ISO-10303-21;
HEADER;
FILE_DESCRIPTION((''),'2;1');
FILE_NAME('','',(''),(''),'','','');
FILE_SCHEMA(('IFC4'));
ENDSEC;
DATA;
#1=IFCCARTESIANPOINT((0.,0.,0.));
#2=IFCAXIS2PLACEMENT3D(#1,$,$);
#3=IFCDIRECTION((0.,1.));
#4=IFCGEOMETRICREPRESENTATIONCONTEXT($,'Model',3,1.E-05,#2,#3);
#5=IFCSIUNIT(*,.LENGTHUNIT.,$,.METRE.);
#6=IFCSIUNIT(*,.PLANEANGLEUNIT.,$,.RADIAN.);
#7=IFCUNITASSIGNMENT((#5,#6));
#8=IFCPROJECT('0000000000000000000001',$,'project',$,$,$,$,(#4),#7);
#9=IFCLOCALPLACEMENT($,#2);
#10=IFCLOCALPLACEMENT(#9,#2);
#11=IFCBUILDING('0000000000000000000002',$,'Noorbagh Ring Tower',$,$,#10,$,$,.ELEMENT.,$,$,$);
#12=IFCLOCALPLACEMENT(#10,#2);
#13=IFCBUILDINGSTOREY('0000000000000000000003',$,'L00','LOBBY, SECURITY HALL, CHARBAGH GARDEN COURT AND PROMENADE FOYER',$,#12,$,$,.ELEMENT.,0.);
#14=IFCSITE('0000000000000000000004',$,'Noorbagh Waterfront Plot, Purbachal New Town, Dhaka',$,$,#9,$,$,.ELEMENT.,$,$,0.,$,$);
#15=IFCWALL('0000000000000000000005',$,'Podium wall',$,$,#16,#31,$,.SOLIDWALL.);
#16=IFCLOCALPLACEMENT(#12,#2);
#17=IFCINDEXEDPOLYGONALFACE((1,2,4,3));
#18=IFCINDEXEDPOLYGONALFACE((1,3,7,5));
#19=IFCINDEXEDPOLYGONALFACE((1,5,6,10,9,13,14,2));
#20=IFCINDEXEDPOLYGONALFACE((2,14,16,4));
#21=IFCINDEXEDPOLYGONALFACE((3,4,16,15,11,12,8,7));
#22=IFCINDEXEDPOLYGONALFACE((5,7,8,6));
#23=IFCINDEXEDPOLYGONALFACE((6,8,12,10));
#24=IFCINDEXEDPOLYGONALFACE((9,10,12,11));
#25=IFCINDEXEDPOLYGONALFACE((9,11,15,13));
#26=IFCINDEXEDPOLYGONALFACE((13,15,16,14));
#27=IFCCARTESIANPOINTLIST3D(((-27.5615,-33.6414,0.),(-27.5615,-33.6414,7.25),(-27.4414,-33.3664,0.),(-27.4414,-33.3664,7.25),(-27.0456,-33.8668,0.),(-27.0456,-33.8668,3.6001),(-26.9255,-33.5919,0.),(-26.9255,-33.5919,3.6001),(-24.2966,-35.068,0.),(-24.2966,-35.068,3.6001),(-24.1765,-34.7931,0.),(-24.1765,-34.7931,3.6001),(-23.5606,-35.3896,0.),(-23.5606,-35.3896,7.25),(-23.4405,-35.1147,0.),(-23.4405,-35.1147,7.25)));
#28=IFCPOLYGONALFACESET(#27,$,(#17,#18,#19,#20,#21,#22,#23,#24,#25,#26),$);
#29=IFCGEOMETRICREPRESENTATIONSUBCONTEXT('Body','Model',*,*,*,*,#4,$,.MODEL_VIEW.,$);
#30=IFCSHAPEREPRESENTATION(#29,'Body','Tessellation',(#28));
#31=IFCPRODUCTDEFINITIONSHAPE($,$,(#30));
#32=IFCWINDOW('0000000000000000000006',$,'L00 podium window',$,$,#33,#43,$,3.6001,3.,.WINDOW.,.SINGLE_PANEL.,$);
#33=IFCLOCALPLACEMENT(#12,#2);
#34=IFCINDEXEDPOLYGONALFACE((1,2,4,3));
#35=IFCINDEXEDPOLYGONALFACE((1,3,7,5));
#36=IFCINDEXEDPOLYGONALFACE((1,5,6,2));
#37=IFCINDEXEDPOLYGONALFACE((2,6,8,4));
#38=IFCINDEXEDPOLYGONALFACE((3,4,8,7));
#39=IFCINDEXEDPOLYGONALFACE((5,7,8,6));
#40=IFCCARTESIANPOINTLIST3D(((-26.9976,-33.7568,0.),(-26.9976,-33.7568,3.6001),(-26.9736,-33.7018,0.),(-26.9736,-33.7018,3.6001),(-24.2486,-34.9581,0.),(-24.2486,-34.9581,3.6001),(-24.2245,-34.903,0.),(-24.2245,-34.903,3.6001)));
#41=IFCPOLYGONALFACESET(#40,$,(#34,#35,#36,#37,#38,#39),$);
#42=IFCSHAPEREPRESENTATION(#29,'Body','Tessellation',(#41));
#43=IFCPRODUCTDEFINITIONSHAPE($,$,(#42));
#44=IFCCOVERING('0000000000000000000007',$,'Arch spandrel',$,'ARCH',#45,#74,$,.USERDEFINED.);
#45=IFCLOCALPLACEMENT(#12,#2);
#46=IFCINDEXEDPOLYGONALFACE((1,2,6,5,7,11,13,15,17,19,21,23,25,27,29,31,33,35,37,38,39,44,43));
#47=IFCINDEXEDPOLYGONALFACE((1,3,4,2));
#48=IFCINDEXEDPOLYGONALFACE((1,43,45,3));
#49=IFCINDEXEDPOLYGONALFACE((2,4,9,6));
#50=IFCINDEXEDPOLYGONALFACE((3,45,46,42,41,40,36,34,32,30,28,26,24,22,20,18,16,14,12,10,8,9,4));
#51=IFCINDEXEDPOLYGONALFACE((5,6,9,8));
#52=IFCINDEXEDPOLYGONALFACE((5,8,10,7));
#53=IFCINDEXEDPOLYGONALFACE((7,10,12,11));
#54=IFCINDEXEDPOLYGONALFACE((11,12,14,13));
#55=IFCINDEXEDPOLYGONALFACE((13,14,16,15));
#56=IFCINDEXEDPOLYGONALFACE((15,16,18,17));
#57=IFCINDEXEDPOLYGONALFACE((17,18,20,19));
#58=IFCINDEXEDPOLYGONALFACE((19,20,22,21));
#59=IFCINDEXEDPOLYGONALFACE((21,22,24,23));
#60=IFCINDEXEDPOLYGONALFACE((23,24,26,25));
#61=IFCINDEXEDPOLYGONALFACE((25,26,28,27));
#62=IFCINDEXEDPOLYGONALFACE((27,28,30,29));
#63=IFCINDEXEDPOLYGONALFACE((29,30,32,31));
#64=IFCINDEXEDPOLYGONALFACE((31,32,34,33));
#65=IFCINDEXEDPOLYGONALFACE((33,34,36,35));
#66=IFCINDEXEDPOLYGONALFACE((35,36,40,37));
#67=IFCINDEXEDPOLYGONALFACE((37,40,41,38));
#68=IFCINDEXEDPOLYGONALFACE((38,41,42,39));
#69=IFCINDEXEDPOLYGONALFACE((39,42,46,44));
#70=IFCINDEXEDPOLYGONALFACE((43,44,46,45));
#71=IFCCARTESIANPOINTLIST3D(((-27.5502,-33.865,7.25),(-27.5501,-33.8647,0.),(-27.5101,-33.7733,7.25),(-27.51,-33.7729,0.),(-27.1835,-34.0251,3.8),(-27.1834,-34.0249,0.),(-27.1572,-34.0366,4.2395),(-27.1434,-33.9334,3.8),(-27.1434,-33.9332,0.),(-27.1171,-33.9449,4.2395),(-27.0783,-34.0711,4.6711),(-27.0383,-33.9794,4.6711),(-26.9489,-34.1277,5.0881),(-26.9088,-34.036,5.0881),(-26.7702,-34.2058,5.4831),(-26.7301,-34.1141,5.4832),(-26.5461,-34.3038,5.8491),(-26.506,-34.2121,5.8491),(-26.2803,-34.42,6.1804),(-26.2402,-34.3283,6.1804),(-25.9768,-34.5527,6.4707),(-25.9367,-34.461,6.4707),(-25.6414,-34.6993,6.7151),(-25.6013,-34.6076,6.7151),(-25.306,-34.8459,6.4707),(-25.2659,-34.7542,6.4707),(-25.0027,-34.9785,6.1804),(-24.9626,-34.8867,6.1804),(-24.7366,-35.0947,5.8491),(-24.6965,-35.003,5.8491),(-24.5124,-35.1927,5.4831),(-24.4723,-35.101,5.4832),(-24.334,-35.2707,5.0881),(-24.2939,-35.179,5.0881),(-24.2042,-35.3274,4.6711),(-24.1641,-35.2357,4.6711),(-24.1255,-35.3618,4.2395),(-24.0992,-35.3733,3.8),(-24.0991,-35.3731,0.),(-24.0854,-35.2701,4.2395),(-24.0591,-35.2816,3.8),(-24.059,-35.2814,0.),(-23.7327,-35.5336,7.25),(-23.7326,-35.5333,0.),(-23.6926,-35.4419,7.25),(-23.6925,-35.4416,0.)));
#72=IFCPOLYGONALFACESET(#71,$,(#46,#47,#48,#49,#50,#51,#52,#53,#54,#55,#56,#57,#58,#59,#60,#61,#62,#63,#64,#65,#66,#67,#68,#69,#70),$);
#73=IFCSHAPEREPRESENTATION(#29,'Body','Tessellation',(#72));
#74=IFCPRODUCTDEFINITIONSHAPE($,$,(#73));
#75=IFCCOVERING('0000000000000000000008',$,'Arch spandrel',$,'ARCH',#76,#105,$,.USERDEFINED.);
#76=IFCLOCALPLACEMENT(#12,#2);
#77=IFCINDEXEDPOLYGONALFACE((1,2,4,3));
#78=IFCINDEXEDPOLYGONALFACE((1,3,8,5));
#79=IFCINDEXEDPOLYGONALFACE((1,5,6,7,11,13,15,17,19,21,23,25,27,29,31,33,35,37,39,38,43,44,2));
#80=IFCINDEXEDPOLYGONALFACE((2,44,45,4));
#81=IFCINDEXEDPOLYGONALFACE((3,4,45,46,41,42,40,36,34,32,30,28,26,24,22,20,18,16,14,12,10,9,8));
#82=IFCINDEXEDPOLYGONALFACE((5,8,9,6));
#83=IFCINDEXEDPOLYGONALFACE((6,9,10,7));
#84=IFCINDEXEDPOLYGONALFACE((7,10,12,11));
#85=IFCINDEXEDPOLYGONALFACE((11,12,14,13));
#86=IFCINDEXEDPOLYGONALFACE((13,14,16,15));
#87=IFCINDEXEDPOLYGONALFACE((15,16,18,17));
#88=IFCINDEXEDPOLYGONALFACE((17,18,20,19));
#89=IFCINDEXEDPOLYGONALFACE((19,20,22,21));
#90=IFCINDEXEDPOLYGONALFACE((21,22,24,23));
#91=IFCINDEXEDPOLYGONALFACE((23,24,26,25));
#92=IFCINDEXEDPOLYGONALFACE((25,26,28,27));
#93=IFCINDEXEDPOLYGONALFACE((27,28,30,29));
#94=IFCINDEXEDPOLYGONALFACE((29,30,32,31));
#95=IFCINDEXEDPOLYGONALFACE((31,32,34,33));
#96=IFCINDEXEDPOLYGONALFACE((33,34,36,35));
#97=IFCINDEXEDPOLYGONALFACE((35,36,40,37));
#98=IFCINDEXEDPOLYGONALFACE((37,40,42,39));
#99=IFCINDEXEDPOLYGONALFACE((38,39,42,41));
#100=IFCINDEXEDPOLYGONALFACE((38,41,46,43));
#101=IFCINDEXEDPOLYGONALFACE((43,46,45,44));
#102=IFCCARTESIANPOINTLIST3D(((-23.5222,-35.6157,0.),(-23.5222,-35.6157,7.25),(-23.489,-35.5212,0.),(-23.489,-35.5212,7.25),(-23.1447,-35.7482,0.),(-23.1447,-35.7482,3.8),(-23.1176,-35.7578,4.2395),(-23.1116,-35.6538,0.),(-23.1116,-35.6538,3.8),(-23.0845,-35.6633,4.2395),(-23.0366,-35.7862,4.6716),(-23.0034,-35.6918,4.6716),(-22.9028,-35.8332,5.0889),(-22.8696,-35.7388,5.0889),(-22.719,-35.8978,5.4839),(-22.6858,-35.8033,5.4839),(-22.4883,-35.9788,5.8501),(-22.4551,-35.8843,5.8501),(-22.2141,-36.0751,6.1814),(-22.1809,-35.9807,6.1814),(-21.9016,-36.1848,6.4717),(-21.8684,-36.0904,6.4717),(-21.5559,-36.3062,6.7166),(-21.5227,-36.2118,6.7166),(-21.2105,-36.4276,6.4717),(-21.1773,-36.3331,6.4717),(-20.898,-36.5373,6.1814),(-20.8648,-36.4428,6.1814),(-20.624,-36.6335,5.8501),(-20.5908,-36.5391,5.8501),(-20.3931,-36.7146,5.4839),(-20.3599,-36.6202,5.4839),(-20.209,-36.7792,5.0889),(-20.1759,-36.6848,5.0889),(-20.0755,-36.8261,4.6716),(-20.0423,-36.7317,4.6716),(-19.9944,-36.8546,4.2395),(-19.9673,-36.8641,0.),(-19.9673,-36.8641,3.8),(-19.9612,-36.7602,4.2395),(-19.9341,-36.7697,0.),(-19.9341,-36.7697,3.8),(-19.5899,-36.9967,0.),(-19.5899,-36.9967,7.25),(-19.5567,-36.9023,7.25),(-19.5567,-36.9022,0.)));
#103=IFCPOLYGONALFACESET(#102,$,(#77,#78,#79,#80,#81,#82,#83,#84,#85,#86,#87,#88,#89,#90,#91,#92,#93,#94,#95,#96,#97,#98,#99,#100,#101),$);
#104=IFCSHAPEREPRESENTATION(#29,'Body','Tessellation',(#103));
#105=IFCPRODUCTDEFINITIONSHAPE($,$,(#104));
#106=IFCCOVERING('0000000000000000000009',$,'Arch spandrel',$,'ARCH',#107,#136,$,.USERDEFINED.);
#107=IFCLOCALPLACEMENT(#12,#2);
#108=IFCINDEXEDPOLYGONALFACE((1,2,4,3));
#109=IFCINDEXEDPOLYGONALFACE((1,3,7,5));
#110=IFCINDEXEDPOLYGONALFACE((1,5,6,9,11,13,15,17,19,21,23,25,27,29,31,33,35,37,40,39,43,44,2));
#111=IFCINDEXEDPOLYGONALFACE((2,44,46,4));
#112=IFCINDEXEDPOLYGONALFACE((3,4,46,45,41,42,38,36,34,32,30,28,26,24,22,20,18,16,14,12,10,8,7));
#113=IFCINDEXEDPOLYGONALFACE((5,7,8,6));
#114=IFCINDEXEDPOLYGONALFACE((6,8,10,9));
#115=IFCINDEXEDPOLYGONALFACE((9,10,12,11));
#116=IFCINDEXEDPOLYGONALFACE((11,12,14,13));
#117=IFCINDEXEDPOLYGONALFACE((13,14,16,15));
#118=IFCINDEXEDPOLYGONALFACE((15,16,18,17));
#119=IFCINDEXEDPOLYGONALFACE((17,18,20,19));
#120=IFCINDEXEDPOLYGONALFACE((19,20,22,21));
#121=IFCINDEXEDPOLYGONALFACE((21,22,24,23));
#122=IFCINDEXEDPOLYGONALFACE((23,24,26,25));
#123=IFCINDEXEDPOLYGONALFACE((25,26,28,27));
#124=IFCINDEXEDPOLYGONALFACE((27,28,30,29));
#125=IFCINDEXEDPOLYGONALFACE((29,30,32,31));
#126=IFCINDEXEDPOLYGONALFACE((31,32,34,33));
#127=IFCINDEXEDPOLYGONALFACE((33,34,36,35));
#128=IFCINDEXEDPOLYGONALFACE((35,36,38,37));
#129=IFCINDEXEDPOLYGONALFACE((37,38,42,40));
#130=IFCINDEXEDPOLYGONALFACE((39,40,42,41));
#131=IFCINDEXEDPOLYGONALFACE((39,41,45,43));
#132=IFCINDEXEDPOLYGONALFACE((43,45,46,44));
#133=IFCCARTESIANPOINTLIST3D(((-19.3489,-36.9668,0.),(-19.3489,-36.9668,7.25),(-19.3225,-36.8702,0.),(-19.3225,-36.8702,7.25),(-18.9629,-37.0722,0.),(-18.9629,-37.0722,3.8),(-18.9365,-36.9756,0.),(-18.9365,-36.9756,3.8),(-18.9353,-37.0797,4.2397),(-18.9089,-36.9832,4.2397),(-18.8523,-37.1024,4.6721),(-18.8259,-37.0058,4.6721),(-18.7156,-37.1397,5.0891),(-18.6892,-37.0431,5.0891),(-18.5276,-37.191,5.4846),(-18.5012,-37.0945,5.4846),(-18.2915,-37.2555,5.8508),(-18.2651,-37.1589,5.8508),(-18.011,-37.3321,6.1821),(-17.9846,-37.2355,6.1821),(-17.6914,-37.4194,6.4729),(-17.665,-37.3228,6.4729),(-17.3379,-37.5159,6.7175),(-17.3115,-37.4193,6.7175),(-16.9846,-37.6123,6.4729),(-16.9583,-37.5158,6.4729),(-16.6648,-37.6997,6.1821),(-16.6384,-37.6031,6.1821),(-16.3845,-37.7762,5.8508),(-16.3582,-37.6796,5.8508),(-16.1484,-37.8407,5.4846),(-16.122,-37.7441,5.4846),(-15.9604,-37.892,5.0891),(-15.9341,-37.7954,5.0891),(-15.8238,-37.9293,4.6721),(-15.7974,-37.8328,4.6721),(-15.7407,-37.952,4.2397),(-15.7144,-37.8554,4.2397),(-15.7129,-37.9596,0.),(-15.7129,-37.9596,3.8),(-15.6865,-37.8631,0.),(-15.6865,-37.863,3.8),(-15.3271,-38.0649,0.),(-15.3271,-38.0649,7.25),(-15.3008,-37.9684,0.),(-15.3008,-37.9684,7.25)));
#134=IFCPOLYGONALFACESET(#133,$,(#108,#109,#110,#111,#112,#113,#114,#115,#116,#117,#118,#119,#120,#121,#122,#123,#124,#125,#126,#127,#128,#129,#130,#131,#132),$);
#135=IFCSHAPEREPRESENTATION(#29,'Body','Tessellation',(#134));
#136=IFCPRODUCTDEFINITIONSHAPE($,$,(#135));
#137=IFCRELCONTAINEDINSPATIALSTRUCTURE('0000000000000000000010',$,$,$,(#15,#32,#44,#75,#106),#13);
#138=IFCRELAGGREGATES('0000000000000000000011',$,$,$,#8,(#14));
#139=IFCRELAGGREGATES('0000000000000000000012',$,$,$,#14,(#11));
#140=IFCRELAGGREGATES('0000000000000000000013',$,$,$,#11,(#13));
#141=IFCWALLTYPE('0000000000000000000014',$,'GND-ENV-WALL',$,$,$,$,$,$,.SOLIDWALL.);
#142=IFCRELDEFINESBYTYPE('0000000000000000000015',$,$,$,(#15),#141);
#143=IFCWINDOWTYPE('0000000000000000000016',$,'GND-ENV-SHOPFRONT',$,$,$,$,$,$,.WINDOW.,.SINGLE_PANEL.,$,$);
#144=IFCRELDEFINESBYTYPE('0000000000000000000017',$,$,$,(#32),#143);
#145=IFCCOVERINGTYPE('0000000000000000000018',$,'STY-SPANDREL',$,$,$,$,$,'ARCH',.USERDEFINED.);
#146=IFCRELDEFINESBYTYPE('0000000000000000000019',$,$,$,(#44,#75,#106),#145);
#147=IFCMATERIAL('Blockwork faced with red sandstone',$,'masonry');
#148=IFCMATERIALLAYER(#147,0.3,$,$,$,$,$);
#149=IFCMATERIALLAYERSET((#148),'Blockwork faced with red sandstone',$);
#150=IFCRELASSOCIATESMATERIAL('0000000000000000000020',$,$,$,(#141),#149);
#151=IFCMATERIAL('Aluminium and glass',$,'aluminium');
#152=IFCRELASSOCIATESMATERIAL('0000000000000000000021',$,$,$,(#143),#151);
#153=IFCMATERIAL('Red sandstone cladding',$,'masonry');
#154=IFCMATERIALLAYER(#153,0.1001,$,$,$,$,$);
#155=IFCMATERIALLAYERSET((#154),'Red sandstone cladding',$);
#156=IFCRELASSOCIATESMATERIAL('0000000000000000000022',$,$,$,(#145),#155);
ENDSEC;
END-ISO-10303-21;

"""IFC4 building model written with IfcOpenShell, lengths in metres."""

from ifc_helpers import new_model, si_unit, direction, frame, frame_2d, origin, place, context, subcontext, project, spatial, polyline, rectangle, outline, extrude, material, layer, layer_set, type_object, element, fill, save


model = new_model("IFC4")

# Units and contexts
model_context = context("Model", 3, precision=1e-05, world=origin(), true_north=direction((0.0, 1.0)))
body_context = subcontext(model_context, "Body", "Model", "MODEL_VIEW")
ifc_project = project(units=[si_unit("LENGTHUNIT", "METRE"), si_unit("PLANEANGLEUNIT", "RADIAN")], contexts=[model_context])

# Site, building, storey
site_placement = place(None, origin())
site = spatial("IfcSite", under=ifc_project, at=site_placement, Name="Noorbagh Waterfront Plot, Purbachal New Town, Dhaka", CompositionType="ELEMENT", RefElevation=0.0)
building_placement = place(site_placement, origin())
building = spatial("IfcBuilding", under=site, at=building_placement, Name="Noorbagh Ring Tower", CompositionType="ELEMENT")
storey_placement = place(building_placement, origin())
storey = spatial("IfcBuildingStorey", under=building, at=storey_placement, Name="L00", Description="LOBBY, SECURITY HALL, CHARBAGH GARDEN COURT AND PROMENADE FOYER", CompositionType="ELEMENT", Elevation=0.0)

# Wall, opening, window
ifc_material_1 = material(Name="Blockwork faced with red sandstone", Category="masonry")
ifc_layer_1 = layer(ifc_material_1, 0.3)
ifc_layer_set_1 = layer_set([ifc_layer_1], Name="Blockwork faced with red sandstone")
wall_type = type_object("IfcWallType", Name="GND-ENV-WALL", PredefinedType="SOLIDWALL", material=ifc_layer_set_1)
wall_1_placement = place(storey_placement, frame((-27.5015, -33.5039, 0.0), z_axis=(0.0, 0.0, 1.0), x_axis=(0.916337, -0.400408, 0.0)))
wall_1 = element("IfcWall", 1, at=wall_1_placement, inside=storey, type_object=wall_type, Name="Podium wall", PredefinedType="SOLIDWALL", context=body_context, shape_type="SweptSolid", body=[
    extrude(rectangle(XDim=4.3662, YDim=0.3, at=frame_2d((2.1831, 0.0))), origin(), (0.0, 0.0, 1.0), 7.25),
])
opening_1_placement = place(wall_1_placement, frame((0.563, 0.0, 0.0)))
opening_1 = element("IfcOpeningElement", 2, at=opening_1_placement, cuts=wall_1, PredefinedType="OPENING", context=body_context, shape_type="SweptSolid", body=[
    extrude(rectangle(XDim=3.0, YDim=3.6001, at=frame_2d((1.5, 1.8))), frame((0.0, 0.1602, 0.0), z_axis=(0.0, -1.0, 0.0), x_axis=(1.0, 0.0, 0.0)), (0.0, 0.0, 1.0), 0.3201),
])
ifc_material_2 = material(Name="Aluminium and glass", Category="aluminium")
window_type = type_object("IfcWindowType", Name="GND-ENV-SHOPFRONT", PartitioningType="SINGLE_PANEL", PredefinedType="WINDOW", material=ifc_material_2)
window_placement = place(opening_1_placement, origin())
window = element("IfcWindow", 3, at=window_placement, inside=storey, type_object=window_type, Name="L00 podium window", OverallHeight=3.6001, OverallWidth=3.0, PartitioningType="SINGLE_PANEL", PredefinedType="WINDOW", context=body_context, shape_type="SweptSolid", body=[
    extrude(rectangle(XDim=3.0, YDim=3.6001, at=frame_2d((1.5, 1.8))), frame((0.0, 0.03, 0.0), z_axis=(0.0, -1.0, 0.0), x_axis=(1.0, 0.0, 0.0)), (0.0, 0.0, 1.0), 0.0601),
])
fill(opening_1, window)

# Coverings
ifc_material_3 = material(Name="Red sandstone cladding", Category="masonry")
ifc_layer_2 = layer(ifc_material_3, 0.1001)
ifc_layer_set_2 = layer_set([ifc_layer_2], Name="Red sandstone cladding")
covering_type = type_object("IfcCoveringType", Name="STY-SPANDREL", ElementType="ARCH", PredefinedType="USERDEFINED", material=ifc_layer_set_2)
covering_1_placement = place(storey_placement, frame((-27.51, -33.7729, 0.0), z_axis=(0.400515, 0.91629, 0.000046), x_axis=(0.91629, -0.400515, 0.0)))
element("IfcCovering", 4, at=covering_1_placement, inside=storey, type_object=covering_type, Name="Arch spandrel", ObjectType="ARCH", PredefinedType="USERDEFINED", context=body_context, shape_type="SweptSolid", body=[
    extrude(outline(polyline([(0.0, 0.0), (0.4001, 0.0), (0.4001, -3.8), (0.4289, -4.2395), (0.5149, -4.6711), (0.6562, -5.0881), (0.8512, -5.4832), (1.0958, -5.8491), (1.386, -6.1804), (1.7171, -6.4707), (2.0833, -6.7151), (2.4493, -6.4707), (2.7802, -6.1804), (3.0706, -5.8491), (3.3153, -5.4832), (3.51, -5.0881), (3.6517, -4.6711), (3.7375, -4.2395), (3.7663, -3.8), (3.7663, 0.0), (4.1663, 0.0), (4.1663, -7.25), (0.0, -7.25), (0.0, 0.0)])), origin(), (0.0, 0.0, -1.0), 0.1001),
])
covering_2_placement = place(storey_placement, frame((-23.489, -35.5212, 0.0), z_axis=(0.331354, 0.943506, 0.000001), x_axis=(0.943506, -0.331354, 0.0)))
element("IfcCovering", 5, at=covering_2_placement, inside=storey, type_object=covering_type, Name="Arch spandrel", ObjectType="ARCH", PredefinedType="USERDEFINED", context=body_context, shape_type="SweptSolid", body=[
    extrude(outline(polyline([(0.0, 0.0), (0.4, 0.0), (0.4, -3.8), (0.4288, -4.2395), (0.5147, -4.6716), (0.6565, -5.0889), (0.8513, -5.4839), (1.0958, -5.8501), (1.3865, -6.1814), (1.7176, -6.4717), (2.084, -6.7166), (2.4502, -6.4717), (2.7813, -6.1814), (3.0717, -5.8501), (3.3165, -5.4839), (3.5115, -5.0889), (3.6531, -4.6716), (3.739, -4.2395), (3.7677, -3.8), (3.7677, 0.0), (4.1678, 0.0), (4.1678, -7.25), (0.0, -7.25), (0.0, 0.0)])), origin(), (0.0, 0.0, -1.0), 0.1001),
])
covering_3_placement = place(storey_placement, frame((-19.3489, -36.9668, 0.0), z_axis=(-0.26341, -0.964684, 0.000003), x_axis=(0.964684, -0.26341, 0.0)))
element("IfcCovering", 6, at=covering_3_placement, inside=storey, type_object=covering_type, Name="Arch spandrel", ObjectType="ARCH", PredefinedType="USERDEFINED", context=body_context, shape_type="SweptSolid", body=[
    extrude(outline(polyline([(0.0, 0.0), (0.4001, 0.0), (0.4001, 3.8), (0.4287, 4.2397), (0.5147, 4.6721), (0.6565, 5.0891), (0.8514, 5.4846), (1.0961, 5.8508), (1.3868, 6.1821), (1.7182, 6.4729), (2.0846, 6.7175), (2.4508, 6.4729), (2.7823, 6.1821), (3.0729, 5.8508), (3.3176, 5.4846), (3.5125, 5.0891), (3.6542, 4.6721), (3.7402, 4.2397), (3.7691, 3.8), (3.7691, 0.0), (4.169, 0.0), (4.169, 7.25), (0.0, 7.25), (0.0, 0.0)])), origin(), (0.0, 0.0, -1.0), 0.1001),
])

save(model, "model.ifc")
